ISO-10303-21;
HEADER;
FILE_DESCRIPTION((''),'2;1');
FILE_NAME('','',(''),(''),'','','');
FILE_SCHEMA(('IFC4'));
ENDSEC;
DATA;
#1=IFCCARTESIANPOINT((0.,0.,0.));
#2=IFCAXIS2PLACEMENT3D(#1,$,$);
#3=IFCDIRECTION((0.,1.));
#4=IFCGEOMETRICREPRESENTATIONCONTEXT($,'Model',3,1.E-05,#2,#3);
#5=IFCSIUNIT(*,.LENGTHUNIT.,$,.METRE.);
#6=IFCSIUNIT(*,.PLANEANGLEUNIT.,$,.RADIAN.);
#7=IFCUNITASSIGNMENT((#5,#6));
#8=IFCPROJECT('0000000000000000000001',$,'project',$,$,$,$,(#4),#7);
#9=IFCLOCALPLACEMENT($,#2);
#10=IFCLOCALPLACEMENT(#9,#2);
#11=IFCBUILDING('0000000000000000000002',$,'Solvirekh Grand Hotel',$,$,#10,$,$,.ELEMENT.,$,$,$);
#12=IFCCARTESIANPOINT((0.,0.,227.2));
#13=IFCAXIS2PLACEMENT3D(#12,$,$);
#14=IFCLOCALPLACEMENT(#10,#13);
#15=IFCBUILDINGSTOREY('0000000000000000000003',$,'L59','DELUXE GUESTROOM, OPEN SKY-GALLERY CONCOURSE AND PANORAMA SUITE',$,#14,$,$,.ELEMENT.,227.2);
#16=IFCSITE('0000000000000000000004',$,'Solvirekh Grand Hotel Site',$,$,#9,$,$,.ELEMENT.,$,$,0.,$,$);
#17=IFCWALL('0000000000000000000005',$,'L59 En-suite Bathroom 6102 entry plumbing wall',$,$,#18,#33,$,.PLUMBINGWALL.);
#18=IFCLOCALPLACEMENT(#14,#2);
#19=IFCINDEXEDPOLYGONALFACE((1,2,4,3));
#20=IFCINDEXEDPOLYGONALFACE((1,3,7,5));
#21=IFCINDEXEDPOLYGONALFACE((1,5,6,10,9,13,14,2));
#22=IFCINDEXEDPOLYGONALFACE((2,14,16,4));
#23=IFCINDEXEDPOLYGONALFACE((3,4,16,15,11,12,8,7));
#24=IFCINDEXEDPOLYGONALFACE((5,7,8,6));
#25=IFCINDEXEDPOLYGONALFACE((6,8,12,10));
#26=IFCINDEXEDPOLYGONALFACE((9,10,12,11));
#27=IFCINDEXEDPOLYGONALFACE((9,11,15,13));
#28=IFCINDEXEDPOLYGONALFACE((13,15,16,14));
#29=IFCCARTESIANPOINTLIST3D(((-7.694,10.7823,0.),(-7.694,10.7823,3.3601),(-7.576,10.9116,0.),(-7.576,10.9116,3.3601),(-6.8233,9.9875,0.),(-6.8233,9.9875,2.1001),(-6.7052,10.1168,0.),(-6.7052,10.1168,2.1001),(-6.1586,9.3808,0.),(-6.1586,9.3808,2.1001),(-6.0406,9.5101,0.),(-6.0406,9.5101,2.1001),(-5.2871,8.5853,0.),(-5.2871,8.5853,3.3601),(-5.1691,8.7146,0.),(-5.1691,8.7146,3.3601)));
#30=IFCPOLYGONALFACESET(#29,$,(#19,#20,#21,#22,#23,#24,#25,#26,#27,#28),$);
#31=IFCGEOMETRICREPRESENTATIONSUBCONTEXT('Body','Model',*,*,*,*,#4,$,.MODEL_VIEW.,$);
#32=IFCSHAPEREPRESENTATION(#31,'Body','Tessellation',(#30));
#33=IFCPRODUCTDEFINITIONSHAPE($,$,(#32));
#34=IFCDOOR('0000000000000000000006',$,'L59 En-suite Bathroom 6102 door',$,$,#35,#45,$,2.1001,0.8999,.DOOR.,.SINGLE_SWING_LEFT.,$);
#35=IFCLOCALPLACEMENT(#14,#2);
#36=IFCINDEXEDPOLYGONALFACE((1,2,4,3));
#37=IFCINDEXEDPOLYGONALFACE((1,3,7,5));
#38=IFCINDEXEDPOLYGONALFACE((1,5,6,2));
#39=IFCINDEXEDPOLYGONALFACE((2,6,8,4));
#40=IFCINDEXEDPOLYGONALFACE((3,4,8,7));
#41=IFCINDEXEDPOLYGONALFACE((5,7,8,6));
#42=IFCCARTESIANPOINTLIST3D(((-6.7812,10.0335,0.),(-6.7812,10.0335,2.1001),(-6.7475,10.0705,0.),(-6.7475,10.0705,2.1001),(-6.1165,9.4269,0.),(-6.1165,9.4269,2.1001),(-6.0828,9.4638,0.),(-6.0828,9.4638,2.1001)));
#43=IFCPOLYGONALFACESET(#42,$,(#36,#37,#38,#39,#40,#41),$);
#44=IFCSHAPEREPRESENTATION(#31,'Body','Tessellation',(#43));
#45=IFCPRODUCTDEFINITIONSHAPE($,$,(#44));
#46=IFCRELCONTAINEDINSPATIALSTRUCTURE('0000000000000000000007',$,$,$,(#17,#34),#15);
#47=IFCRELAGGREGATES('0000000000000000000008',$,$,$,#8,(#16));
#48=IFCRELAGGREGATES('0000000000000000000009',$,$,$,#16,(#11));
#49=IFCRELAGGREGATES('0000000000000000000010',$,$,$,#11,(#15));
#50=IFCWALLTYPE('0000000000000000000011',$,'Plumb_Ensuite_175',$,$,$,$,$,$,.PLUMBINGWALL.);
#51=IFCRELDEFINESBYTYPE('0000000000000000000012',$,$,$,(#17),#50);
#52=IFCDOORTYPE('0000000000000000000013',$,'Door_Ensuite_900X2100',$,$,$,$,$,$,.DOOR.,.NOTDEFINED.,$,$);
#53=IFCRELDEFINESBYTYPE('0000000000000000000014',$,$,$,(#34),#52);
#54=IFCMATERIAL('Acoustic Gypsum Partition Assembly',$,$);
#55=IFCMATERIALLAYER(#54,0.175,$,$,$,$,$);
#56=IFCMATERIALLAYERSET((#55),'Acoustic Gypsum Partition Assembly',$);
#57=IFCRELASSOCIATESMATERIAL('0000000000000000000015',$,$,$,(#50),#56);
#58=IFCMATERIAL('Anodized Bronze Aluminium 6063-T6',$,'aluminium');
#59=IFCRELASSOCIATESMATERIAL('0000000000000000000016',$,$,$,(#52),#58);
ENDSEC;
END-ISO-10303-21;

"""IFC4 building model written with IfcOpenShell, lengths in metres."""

from ifc_helpers import new_model, si_unit, direction, frame, frame_2d, origin, place, context, subcontext, project, spatial, rectangle, extrude, material, layer, layer_set, type_object, element, fill, save


model = new_model("IFC4")

# Units and contexts
model_context = context("Model", 3, precision=1e-05, world=origin(), true_north=direction((0.0, 1.0)))
body_context = subcontext(model_context, "Body", "Model", "MODEL_VIEW")
ifc_project = project(units=[si_unit("LENGTHUNIT", "METRE"), si_unit("PLANEANGLEUNIT", "RADIAN")], contexts=[model_context])

# Site, building, storey
site_placement = place(None, origin())
site = spatial("IfcSite", under=ifc_project, at=site_placement, Name="Solvirekh Grand Hotel Site", CompositionType="ELEMENT", RefElevation=0.0)
building_placement = place(site_placement, origin())
building = spatial("IfcBuilding", under=site, at=building_placement, Name="Solvirekh Grand Hotel", CompositionType="ELEMENT")
storey_placement = place(building_placement, frame((0.0, 0.0, 227.2)))
storey = spatial("IfcBuildingStorey", under=building, at=storey_placement, Name="L59", Description="DELUXE GUESTROOM, OPEN SKY-GALLERY CONCOURSE AND PANORAMA SUITE", CompositionType="ELEMENT", Elevation=227.2)

# Shared definitions
ifc_material_1 = material(Name="Anodized Bronze Aluminium 6063-T6", Category="aluminium")

# Shared definitions
ifc_material_2 = material(Name="Acoustic Gypsum Partition Assembly")
ifc_layer_1 = layer(ifc_material_2, 0.175)
ifc_layer_set_1 = layer_set([ifc_layer_1], Name="Acoustic Gypsum Partition Assembly")
wall_type_1 = type_object("IfcWallType", Name="Plumb_Ensuite_175", PredefinedType="PLUMBINGWALL", material=ifc_layer_set_1)

# Shared definitions
door_type = type_object("IfcDoorType", Name="Door_Ensuite_900X2100", OperationType="NOTDEFINED", PredefinedType="DOOR", material=ifc_material_1)

# Wall, opening, door
wall_1_placement = place(storey_placement, frame((-7.635, 10.8469, 0.0), z_axis=(0.0, 0.0, 1.0), x_axis=(0.738586, -0.674159, 0.0)))
wall_1 = element("IfcWall", 1, at=wall_1_placement, inside=storey, type_object=wall_type_1, Name="L59 En-suite Bathroom 6102 entry plumbing wall", PredefinedType="PLUMBINGWALL", context=body_context, shape_type="SweptSolid", body=[
    extrude(rectangle(XDim=3.2588, YDim=0.175, at=frame_2d((1.6294, 0.0))), origin(), (0.0, 0.0, 1.0), 3.3601),
])
opening_1_placement = place(wall_1_placement, frame((1.179, 0.0, 0.0)))
opening_1 = element("IfcOpeningElement", 2, at=opening_1_placement, cuts=wall_1, PredefinedType="OPENING", context=body_context, shape_type="SweptSolid", body=[
    extrude(rectangle(XDim=0.8999, YDim=2.1001, at=frame_2d((0.45, 1.05))), frame((0.0, 0.0977, 0.0), z_axis=(0.0, -1.0, 0.0), x_axis=(1.0, 0.0, 0.0)), (0.0, 0.0, 1.0), 0.1951),
])
door_1_placement = place(opening_1_placement, origin())
door_1 = element("IfcDoor", 3, at=door_1_placement, inside=storey, type_object=door_type, Name="L59 En-suite Bathroom 6102 door", OperationType="SINGLE_SWING_LEFT", OverallHeight=2.1001, OverallWidth=0.8999, PredefinedType="DOOR", context=body_context, shape_type="SweptSolid", body=[
    extrude(rectangle(XDim=0.8999, YDim=2.1001, at=frame_2d((0.45, 1.05))), frame((0.0, 0.0249, 0.0), z_axis=(0.0, -1.0, 0.0), x_axis=(1.0, 0.0, 0.0)), (0.0, 0.0, 1.0), 0.05),
])
fill(opening_1, door_1)

save(model, "model.ifc")
